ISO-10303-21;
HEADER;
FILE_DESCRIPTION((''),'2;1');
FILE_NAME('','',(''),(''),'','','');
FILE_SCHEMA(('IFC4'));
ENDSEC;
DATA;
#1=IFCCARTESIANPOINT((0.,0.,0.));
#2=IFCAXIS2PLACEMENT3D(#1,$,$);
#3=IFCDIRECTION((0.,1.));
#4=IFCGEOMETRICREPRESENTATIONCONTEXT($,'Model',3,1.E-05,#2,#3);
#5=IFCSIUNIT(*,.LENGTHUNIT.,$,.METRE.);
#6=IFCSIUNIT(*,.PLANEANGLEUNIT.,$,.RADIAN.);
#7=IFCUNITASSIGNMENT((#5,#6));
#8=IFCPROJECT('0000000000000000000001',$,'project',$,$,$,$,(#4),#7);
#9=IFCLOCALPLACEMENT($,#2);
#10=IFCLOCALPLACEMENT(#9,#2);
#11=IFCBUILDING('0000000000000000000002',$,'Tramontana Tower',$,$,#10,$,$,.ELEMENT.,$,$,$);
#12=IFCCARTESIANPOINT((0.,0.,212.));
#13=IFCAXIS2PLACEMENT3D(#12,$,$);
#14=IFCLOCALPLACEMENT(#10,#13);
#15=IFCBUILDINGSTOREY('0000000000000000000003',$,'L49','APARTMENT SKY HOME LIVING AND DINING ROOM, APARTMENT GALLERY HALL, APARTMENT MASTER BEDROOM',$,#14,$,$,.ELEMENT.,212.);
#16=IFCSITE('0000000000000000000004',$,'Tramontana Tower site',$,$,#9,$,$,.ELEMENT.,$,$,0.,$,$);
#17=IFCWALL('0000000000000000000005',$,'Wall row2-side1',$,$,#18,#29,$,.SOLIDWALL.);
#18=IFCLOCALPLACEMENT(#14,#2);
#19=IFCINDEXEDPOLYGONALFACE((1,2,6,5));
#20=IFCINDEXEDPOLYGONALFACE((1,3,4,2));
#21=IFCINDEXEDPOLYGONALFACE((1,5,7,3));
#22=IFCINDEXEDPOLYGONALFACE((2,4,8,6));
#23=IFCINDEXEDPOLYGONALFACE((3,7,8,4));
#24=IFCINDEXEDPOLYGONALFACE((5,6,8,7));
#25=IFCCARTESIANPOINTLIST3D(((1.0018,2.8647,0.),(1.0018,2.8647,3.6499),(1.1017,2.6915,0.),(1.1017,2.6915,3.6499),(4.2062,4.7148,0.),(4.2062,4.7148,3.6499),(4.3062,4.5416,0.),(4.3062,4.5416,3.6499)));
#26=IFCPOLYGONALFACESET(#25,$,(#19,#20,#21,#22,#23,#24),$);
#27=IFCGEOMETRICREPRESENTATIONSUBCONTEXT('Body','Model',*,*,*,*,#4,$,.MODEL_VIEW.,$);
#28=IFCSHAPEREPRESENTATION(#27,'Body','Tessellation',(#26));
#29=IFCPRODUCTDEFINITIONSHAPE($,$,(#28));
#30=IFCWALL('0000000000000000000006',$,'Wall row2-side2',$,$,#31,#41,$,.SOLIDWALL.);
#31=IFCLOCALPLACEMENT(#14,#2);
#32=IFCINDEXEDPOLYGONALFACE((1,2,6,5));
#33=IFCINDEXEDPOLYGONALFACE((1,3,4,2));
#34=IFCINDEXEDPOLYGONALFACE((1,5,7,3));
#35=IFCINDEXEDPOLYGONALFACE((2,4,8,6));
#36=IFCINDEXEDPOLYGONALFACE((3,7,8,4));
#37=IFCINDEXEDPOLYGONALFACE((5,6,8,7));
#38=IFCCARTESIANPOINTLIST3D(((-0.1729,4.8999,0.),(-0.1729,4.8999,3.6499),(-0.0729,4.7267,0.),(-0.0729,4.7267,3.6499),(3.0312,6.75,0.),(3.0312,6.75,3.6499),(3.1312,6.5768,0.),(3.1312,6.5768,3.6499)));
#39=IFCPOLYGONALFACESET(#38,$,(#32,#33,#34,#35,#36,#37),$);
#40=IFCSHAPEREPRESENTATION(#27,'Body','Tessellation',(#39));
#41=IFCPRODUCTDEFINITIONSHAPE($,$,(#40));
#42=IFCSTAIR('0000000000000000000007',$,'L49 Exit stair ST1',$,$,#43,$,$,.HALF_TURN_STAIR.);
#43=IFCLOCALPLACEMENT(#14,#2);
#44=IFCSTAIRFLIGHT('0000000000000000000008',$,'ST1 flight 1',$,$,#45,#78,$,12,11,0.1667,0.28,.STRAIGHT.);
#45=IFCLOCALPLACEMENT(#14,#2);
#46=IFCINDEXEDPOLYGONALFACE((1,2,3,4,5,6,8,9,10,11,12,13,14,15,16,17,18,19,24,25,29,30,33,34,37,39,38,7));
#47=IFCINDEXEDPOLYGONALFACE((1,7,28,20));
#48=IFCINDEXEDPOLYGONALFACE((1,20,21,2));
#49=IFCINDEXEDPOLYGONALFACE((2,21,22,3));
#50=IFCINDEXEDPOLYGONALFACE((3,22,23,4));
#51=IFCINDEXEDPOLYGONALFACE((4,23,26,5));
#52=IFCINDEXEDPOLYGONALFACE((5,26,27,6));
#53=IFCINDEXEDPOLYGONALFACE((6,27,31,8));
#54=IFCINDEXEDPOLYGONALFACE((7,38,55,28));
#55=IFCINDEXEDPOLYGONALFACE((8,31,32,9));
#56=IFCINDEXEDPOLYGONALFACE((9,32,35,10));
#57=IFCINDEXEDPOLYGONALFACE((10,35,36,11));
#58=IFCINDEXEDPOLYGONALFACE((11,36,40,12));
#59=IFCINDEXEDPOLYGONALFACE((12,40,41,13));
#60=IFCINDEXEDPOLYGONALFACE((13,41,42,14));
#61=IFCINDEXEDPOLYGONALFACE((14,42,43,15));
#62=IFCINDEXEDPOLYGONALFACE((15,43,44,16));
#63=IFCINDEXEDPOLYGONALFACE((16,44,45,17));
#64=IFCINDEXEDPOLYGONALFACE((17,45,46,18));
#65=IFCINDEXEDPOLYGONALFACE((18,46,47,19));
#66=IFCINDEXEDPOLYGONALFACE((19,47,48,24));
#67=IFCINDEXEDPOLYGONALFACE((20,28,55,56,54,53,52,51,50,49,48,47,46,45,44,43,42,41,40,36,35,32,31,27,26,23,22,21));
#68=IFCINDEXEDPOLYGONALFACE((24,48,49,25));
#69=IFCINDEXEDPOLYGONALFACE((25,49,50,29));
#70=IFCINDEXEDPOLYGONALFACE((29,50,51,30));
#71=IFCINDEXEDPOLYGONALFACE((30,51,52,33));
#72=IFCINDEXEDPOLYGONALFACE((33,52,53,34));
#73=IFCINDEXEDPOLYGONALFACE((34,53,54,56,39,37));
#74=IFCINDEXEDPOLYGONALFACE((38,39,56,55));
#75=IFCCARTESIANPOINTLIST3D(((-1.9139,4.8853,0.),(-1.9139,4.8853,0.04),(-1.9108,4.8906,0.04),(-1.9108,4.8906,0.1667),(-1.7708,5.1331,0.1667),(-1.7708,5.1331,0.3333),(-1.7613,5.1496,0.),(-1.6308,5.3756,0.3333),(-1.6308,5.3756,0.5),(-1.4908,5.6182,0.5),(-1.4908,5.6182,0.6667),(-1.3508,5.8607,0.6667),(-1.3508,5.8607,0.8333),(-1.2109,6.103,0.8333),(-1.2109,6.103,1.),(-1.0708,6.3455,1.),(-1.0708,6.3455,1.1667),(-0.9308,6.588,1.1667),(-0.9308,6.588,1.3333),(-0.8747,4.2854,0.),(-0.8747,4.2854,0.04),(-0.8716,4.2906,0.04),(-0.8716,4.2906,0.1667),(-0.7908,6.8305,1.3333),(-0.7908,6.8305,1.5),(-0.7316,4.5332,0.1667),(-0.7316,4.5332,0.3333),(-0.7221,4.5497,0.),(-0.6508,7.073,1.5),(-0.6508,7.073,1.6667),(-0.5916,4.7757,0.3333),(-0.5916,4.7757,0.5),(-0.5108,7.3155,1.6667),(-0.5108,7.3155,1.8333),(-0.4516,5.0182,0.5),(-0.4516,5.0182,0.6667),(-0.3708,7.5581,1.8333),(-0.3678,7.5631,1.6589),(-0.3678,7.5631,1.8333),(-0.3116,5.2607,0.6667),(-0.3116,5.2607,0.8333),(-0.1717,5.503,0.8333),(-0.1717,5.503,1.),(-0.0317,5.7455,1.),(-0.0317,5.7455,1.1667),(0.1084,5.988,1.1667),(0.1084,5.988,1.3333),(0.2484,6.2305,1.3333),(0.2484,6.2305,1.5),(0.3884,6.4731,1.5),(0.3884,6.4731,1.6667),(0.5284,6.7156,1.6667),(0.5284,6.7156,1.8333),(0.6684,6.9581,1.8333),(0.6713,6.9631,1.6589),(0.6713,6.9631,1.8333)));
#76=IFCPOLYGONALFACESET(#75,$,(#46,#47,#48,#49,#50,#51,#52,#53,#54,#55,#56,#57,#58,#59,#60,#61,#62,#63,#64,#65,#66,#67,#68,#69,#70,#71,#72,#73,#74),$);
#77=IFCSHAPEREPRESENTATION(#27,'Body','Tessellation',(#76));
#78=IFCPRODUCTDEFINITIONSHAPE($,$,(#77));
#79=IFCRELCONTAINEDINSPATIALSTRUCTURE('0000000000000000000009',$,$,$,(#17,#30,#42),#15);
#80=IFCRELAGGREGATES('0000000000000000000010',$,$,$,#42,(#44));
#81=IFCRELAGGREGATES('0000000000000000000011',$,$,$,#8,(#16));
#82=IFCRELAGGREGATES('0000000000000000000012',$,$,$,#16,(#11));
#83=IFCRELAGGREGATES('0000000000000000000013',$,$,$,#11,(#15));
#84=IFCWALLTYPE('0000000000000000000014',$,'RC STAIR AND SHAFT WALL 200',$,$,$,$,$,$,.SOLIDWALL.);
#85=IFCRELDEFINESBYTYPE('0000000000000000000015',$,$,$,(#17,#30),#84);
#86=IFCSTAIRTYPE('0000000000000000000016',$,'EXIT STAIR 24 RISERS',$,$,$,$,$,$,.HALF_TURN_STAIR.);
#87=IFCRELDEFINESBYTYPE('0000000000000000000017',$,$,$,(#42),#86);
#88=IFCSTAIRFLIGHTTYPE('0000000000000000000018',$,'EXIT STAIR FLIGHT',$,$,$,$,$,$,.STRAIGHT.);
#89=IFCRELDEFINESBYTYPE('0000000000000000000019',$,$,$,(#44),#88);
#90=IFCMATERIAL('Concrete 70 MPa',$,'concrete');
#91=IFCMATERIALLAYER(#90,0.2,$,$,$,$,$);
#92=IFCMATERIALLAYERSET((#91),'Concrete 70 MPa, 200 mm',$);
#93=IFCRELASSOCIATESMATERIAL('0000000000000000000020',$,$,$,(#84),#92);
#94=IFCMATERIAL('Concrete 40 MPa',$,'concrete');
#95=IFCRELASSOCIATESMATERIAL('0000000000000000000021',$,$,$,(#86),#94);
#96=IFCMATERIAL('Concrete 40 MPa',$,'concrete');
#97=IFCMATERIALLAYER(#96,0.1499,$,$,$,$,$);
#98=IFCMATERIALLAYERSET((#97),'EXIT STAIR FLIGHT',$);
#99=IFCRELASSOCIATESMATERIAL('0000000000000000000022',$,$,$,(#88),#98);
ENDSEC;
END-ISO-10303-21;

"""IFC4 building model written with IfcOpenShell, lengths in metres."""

from ifc_helpers import new_model, si_unit, direction, frame, frame_2d, origin, place, context, subcontext, project, spatial, polyline, rectangle, outline, extrude, material, layer, layer_set, type_object, element, aggregate, save


model = new_model("IFC4")

# Units and contexts
model_context = context("Model", 3, precision=1e-05, world=origin(), true_north=direction((0.0, 1.0)))
body_context = subcontext(model_context, "Body", "Model", "MODEL_VIEW")
ifc_project = project(units=[si_unit("LENGTHUNIT", "METRE"), si_unit("PLANEANGLEUNIT", "RADIAN")], contexts=[model_context])

# Site, building, storey
site_placement = place(None, origin())
site = spatial("IfcSite", under=ifc_project, at=site_placement, Name="Tramontana Tower site", CompositionType="ELEMENT", RefElevation=0.0)
building_placement = place(site_placement, origin())
building = spatial("IfcBuilding", under=site, at=building_placement, Name="Tramontana Tower", CompositionType="ELEMENT")
storey_placement = place(building_placement, frame((0.0, 0.0, 212.0)))
storey = spatial("IfcBuildingStorey", under=building, at=storey_placement, Name="L49", Description="APARTMENT SKY HOME LIVING AND DINING ROOM, APARTMENT GALLERY HALL, APARTMENT MASTER BEDROOM", CompositionType="ELEMENT", Elevation=212.0)

# Shared definitions
ifc_material_1 = material(Name="Concrete 70 MPa", Category="concrete")
ifc_layer_1 = layer(ifc_material_1, 0.2)
ifc_layer_set_1 = layer_set([ifc_layer_1], Name="Concrete 70 MPa, 200 mm")
wall_type_1 = type_object("IfcWallType", Name="RC STAIR AND SHAFT WALL 200", PredefinedType="SOLIDWALL", material=ifc_layer_set_1)

# Walls
wall_1_placement = place(storey_placement, frame((1.0518, 2.7781, 0.0), z_axis=(0.0, 0.0, 1.0), x_axis=(0.866017, 0.500014, 0.0)))
element("IfcWall", 1, at=wall_1_placement, inside=storey, type_object=wall_type_1, Name="Wall row2-side1", PredefinedType="SOLIDWALL", context=body_context, shape_type="SweptSolid", body=[
    extrude(rectangle(XDim=3.7002, YDim=0.2, at=frame_2d((1.8501, 0.0))), origin(), (0.0, 0.0, 1.0), 3.6499),
])
wall_2_placement = place(storey_placement, frame((-0.123, 4.8132, 0.0), z_axis=(0.0, 0.0, 1.0), x_axis=(0.866001, 0.500042, 0.0)))
element("IfcWall", 2, at=wall_2_placement, inside=storey, type_object=wall_type_1, Name="Wall row2-side2", PredefinedType="SOLIDWALL", context=body_context, shape_type="SweptSolid", body=[
    extrude(rectangle(XDim=3.7, YDim=0.2, at=frame_2d((1.8501, 0.0))), origin(), (0.0, 0.0, 1.0), 3.6499),
])

# Stair, stair flight
ifc_material_2 = material(Name="Concrete 40 MPa", Category="concrete")
stair_type = type_object("IfcStairType", Name="EXIT STAIR 24 RISERS", PredefinedType="HALF_TURN_STAIR", material=ifc_material_2)
stair_placement = place(storey_placement, origin())
stair = element("IfcStair", 3, at=stair_placement, inside=storey, type_object=stair_type, Name="L49 Exit stair ST1", PredefinedType="HALF_TURN_STAIR")
ifc_material_3 = material(Name="Concrete 40 MPa", Category="concrete")
ifc_layer_2 = layer(ifc_material_3, 0.1499)
ifc_layer_set_2 = layer_set([ifc_layer_2], Name="EXIT STAIR FLIGHT")
stair_flight_type = type_object("IfcStairFlightType", Name="EXIT STAIR FLIGHT", PredefinedType="STRAIGHT", material=ifc_layer_set_2)
stair_flight_placement = place(storey_placement, frame((-1.3911, 4.5906, 0.0), z_axis=(0.0, 0.0, 1.0), x_axis=(0.5, 0.866025, 0.0)))
stair_flight = element("IfcStairFlight", 4, at=stair_flight_placement, type_object=stair_flight_type, Name="ST1 flight 1", NumberOfRisers=12, NumberOfTreads=11, PredefinedType="STRAIGHT", RiserHeight=0.1667, TreadLength=0.28, context=body_context, shape_type="SweptSolid", body=[
    extrude(outline(polyline([(-0.0061, 0.0), (-0.0061, 0.04), (0.0, 0.04), (0.0, 0.1667), (0.28, 0.1667), (0.28, 0.3333), (0.5601, 0.3333), (0.5601, 0.5), (0.8401, 0.5), (0.8401, 0.6667), (1.1201, 0.6667), (1.1201, 0.8333), (1.3999, 0.8333), (1.3999, 1.0), (1.6799, 1.0), (1.6799, 1.1667), (1.96, 1.1667), (1.96, 1.3333), (2.24, 1.3333), (2.24, 1.5), (2.52, 1.5), (2.52, 1.6667), (2.8, 1.6667), (2.8, 1.8333), (3.0801, 1.8333), (3.0859, 1.8333), (3.0859, 1.6589), (0.2991, 0.0), (-0.0061, 0.0)])), frame((0.0, 0.6001, 0.0), z_axis=(0.0, -1.0, 0.0), x_axis=(1.0, 0.0, 0.0)), (0.0, 0.0, 1.0), 1.2),
])
aggregate(stair, [stair_flight])

save(model, "model.ifc")
